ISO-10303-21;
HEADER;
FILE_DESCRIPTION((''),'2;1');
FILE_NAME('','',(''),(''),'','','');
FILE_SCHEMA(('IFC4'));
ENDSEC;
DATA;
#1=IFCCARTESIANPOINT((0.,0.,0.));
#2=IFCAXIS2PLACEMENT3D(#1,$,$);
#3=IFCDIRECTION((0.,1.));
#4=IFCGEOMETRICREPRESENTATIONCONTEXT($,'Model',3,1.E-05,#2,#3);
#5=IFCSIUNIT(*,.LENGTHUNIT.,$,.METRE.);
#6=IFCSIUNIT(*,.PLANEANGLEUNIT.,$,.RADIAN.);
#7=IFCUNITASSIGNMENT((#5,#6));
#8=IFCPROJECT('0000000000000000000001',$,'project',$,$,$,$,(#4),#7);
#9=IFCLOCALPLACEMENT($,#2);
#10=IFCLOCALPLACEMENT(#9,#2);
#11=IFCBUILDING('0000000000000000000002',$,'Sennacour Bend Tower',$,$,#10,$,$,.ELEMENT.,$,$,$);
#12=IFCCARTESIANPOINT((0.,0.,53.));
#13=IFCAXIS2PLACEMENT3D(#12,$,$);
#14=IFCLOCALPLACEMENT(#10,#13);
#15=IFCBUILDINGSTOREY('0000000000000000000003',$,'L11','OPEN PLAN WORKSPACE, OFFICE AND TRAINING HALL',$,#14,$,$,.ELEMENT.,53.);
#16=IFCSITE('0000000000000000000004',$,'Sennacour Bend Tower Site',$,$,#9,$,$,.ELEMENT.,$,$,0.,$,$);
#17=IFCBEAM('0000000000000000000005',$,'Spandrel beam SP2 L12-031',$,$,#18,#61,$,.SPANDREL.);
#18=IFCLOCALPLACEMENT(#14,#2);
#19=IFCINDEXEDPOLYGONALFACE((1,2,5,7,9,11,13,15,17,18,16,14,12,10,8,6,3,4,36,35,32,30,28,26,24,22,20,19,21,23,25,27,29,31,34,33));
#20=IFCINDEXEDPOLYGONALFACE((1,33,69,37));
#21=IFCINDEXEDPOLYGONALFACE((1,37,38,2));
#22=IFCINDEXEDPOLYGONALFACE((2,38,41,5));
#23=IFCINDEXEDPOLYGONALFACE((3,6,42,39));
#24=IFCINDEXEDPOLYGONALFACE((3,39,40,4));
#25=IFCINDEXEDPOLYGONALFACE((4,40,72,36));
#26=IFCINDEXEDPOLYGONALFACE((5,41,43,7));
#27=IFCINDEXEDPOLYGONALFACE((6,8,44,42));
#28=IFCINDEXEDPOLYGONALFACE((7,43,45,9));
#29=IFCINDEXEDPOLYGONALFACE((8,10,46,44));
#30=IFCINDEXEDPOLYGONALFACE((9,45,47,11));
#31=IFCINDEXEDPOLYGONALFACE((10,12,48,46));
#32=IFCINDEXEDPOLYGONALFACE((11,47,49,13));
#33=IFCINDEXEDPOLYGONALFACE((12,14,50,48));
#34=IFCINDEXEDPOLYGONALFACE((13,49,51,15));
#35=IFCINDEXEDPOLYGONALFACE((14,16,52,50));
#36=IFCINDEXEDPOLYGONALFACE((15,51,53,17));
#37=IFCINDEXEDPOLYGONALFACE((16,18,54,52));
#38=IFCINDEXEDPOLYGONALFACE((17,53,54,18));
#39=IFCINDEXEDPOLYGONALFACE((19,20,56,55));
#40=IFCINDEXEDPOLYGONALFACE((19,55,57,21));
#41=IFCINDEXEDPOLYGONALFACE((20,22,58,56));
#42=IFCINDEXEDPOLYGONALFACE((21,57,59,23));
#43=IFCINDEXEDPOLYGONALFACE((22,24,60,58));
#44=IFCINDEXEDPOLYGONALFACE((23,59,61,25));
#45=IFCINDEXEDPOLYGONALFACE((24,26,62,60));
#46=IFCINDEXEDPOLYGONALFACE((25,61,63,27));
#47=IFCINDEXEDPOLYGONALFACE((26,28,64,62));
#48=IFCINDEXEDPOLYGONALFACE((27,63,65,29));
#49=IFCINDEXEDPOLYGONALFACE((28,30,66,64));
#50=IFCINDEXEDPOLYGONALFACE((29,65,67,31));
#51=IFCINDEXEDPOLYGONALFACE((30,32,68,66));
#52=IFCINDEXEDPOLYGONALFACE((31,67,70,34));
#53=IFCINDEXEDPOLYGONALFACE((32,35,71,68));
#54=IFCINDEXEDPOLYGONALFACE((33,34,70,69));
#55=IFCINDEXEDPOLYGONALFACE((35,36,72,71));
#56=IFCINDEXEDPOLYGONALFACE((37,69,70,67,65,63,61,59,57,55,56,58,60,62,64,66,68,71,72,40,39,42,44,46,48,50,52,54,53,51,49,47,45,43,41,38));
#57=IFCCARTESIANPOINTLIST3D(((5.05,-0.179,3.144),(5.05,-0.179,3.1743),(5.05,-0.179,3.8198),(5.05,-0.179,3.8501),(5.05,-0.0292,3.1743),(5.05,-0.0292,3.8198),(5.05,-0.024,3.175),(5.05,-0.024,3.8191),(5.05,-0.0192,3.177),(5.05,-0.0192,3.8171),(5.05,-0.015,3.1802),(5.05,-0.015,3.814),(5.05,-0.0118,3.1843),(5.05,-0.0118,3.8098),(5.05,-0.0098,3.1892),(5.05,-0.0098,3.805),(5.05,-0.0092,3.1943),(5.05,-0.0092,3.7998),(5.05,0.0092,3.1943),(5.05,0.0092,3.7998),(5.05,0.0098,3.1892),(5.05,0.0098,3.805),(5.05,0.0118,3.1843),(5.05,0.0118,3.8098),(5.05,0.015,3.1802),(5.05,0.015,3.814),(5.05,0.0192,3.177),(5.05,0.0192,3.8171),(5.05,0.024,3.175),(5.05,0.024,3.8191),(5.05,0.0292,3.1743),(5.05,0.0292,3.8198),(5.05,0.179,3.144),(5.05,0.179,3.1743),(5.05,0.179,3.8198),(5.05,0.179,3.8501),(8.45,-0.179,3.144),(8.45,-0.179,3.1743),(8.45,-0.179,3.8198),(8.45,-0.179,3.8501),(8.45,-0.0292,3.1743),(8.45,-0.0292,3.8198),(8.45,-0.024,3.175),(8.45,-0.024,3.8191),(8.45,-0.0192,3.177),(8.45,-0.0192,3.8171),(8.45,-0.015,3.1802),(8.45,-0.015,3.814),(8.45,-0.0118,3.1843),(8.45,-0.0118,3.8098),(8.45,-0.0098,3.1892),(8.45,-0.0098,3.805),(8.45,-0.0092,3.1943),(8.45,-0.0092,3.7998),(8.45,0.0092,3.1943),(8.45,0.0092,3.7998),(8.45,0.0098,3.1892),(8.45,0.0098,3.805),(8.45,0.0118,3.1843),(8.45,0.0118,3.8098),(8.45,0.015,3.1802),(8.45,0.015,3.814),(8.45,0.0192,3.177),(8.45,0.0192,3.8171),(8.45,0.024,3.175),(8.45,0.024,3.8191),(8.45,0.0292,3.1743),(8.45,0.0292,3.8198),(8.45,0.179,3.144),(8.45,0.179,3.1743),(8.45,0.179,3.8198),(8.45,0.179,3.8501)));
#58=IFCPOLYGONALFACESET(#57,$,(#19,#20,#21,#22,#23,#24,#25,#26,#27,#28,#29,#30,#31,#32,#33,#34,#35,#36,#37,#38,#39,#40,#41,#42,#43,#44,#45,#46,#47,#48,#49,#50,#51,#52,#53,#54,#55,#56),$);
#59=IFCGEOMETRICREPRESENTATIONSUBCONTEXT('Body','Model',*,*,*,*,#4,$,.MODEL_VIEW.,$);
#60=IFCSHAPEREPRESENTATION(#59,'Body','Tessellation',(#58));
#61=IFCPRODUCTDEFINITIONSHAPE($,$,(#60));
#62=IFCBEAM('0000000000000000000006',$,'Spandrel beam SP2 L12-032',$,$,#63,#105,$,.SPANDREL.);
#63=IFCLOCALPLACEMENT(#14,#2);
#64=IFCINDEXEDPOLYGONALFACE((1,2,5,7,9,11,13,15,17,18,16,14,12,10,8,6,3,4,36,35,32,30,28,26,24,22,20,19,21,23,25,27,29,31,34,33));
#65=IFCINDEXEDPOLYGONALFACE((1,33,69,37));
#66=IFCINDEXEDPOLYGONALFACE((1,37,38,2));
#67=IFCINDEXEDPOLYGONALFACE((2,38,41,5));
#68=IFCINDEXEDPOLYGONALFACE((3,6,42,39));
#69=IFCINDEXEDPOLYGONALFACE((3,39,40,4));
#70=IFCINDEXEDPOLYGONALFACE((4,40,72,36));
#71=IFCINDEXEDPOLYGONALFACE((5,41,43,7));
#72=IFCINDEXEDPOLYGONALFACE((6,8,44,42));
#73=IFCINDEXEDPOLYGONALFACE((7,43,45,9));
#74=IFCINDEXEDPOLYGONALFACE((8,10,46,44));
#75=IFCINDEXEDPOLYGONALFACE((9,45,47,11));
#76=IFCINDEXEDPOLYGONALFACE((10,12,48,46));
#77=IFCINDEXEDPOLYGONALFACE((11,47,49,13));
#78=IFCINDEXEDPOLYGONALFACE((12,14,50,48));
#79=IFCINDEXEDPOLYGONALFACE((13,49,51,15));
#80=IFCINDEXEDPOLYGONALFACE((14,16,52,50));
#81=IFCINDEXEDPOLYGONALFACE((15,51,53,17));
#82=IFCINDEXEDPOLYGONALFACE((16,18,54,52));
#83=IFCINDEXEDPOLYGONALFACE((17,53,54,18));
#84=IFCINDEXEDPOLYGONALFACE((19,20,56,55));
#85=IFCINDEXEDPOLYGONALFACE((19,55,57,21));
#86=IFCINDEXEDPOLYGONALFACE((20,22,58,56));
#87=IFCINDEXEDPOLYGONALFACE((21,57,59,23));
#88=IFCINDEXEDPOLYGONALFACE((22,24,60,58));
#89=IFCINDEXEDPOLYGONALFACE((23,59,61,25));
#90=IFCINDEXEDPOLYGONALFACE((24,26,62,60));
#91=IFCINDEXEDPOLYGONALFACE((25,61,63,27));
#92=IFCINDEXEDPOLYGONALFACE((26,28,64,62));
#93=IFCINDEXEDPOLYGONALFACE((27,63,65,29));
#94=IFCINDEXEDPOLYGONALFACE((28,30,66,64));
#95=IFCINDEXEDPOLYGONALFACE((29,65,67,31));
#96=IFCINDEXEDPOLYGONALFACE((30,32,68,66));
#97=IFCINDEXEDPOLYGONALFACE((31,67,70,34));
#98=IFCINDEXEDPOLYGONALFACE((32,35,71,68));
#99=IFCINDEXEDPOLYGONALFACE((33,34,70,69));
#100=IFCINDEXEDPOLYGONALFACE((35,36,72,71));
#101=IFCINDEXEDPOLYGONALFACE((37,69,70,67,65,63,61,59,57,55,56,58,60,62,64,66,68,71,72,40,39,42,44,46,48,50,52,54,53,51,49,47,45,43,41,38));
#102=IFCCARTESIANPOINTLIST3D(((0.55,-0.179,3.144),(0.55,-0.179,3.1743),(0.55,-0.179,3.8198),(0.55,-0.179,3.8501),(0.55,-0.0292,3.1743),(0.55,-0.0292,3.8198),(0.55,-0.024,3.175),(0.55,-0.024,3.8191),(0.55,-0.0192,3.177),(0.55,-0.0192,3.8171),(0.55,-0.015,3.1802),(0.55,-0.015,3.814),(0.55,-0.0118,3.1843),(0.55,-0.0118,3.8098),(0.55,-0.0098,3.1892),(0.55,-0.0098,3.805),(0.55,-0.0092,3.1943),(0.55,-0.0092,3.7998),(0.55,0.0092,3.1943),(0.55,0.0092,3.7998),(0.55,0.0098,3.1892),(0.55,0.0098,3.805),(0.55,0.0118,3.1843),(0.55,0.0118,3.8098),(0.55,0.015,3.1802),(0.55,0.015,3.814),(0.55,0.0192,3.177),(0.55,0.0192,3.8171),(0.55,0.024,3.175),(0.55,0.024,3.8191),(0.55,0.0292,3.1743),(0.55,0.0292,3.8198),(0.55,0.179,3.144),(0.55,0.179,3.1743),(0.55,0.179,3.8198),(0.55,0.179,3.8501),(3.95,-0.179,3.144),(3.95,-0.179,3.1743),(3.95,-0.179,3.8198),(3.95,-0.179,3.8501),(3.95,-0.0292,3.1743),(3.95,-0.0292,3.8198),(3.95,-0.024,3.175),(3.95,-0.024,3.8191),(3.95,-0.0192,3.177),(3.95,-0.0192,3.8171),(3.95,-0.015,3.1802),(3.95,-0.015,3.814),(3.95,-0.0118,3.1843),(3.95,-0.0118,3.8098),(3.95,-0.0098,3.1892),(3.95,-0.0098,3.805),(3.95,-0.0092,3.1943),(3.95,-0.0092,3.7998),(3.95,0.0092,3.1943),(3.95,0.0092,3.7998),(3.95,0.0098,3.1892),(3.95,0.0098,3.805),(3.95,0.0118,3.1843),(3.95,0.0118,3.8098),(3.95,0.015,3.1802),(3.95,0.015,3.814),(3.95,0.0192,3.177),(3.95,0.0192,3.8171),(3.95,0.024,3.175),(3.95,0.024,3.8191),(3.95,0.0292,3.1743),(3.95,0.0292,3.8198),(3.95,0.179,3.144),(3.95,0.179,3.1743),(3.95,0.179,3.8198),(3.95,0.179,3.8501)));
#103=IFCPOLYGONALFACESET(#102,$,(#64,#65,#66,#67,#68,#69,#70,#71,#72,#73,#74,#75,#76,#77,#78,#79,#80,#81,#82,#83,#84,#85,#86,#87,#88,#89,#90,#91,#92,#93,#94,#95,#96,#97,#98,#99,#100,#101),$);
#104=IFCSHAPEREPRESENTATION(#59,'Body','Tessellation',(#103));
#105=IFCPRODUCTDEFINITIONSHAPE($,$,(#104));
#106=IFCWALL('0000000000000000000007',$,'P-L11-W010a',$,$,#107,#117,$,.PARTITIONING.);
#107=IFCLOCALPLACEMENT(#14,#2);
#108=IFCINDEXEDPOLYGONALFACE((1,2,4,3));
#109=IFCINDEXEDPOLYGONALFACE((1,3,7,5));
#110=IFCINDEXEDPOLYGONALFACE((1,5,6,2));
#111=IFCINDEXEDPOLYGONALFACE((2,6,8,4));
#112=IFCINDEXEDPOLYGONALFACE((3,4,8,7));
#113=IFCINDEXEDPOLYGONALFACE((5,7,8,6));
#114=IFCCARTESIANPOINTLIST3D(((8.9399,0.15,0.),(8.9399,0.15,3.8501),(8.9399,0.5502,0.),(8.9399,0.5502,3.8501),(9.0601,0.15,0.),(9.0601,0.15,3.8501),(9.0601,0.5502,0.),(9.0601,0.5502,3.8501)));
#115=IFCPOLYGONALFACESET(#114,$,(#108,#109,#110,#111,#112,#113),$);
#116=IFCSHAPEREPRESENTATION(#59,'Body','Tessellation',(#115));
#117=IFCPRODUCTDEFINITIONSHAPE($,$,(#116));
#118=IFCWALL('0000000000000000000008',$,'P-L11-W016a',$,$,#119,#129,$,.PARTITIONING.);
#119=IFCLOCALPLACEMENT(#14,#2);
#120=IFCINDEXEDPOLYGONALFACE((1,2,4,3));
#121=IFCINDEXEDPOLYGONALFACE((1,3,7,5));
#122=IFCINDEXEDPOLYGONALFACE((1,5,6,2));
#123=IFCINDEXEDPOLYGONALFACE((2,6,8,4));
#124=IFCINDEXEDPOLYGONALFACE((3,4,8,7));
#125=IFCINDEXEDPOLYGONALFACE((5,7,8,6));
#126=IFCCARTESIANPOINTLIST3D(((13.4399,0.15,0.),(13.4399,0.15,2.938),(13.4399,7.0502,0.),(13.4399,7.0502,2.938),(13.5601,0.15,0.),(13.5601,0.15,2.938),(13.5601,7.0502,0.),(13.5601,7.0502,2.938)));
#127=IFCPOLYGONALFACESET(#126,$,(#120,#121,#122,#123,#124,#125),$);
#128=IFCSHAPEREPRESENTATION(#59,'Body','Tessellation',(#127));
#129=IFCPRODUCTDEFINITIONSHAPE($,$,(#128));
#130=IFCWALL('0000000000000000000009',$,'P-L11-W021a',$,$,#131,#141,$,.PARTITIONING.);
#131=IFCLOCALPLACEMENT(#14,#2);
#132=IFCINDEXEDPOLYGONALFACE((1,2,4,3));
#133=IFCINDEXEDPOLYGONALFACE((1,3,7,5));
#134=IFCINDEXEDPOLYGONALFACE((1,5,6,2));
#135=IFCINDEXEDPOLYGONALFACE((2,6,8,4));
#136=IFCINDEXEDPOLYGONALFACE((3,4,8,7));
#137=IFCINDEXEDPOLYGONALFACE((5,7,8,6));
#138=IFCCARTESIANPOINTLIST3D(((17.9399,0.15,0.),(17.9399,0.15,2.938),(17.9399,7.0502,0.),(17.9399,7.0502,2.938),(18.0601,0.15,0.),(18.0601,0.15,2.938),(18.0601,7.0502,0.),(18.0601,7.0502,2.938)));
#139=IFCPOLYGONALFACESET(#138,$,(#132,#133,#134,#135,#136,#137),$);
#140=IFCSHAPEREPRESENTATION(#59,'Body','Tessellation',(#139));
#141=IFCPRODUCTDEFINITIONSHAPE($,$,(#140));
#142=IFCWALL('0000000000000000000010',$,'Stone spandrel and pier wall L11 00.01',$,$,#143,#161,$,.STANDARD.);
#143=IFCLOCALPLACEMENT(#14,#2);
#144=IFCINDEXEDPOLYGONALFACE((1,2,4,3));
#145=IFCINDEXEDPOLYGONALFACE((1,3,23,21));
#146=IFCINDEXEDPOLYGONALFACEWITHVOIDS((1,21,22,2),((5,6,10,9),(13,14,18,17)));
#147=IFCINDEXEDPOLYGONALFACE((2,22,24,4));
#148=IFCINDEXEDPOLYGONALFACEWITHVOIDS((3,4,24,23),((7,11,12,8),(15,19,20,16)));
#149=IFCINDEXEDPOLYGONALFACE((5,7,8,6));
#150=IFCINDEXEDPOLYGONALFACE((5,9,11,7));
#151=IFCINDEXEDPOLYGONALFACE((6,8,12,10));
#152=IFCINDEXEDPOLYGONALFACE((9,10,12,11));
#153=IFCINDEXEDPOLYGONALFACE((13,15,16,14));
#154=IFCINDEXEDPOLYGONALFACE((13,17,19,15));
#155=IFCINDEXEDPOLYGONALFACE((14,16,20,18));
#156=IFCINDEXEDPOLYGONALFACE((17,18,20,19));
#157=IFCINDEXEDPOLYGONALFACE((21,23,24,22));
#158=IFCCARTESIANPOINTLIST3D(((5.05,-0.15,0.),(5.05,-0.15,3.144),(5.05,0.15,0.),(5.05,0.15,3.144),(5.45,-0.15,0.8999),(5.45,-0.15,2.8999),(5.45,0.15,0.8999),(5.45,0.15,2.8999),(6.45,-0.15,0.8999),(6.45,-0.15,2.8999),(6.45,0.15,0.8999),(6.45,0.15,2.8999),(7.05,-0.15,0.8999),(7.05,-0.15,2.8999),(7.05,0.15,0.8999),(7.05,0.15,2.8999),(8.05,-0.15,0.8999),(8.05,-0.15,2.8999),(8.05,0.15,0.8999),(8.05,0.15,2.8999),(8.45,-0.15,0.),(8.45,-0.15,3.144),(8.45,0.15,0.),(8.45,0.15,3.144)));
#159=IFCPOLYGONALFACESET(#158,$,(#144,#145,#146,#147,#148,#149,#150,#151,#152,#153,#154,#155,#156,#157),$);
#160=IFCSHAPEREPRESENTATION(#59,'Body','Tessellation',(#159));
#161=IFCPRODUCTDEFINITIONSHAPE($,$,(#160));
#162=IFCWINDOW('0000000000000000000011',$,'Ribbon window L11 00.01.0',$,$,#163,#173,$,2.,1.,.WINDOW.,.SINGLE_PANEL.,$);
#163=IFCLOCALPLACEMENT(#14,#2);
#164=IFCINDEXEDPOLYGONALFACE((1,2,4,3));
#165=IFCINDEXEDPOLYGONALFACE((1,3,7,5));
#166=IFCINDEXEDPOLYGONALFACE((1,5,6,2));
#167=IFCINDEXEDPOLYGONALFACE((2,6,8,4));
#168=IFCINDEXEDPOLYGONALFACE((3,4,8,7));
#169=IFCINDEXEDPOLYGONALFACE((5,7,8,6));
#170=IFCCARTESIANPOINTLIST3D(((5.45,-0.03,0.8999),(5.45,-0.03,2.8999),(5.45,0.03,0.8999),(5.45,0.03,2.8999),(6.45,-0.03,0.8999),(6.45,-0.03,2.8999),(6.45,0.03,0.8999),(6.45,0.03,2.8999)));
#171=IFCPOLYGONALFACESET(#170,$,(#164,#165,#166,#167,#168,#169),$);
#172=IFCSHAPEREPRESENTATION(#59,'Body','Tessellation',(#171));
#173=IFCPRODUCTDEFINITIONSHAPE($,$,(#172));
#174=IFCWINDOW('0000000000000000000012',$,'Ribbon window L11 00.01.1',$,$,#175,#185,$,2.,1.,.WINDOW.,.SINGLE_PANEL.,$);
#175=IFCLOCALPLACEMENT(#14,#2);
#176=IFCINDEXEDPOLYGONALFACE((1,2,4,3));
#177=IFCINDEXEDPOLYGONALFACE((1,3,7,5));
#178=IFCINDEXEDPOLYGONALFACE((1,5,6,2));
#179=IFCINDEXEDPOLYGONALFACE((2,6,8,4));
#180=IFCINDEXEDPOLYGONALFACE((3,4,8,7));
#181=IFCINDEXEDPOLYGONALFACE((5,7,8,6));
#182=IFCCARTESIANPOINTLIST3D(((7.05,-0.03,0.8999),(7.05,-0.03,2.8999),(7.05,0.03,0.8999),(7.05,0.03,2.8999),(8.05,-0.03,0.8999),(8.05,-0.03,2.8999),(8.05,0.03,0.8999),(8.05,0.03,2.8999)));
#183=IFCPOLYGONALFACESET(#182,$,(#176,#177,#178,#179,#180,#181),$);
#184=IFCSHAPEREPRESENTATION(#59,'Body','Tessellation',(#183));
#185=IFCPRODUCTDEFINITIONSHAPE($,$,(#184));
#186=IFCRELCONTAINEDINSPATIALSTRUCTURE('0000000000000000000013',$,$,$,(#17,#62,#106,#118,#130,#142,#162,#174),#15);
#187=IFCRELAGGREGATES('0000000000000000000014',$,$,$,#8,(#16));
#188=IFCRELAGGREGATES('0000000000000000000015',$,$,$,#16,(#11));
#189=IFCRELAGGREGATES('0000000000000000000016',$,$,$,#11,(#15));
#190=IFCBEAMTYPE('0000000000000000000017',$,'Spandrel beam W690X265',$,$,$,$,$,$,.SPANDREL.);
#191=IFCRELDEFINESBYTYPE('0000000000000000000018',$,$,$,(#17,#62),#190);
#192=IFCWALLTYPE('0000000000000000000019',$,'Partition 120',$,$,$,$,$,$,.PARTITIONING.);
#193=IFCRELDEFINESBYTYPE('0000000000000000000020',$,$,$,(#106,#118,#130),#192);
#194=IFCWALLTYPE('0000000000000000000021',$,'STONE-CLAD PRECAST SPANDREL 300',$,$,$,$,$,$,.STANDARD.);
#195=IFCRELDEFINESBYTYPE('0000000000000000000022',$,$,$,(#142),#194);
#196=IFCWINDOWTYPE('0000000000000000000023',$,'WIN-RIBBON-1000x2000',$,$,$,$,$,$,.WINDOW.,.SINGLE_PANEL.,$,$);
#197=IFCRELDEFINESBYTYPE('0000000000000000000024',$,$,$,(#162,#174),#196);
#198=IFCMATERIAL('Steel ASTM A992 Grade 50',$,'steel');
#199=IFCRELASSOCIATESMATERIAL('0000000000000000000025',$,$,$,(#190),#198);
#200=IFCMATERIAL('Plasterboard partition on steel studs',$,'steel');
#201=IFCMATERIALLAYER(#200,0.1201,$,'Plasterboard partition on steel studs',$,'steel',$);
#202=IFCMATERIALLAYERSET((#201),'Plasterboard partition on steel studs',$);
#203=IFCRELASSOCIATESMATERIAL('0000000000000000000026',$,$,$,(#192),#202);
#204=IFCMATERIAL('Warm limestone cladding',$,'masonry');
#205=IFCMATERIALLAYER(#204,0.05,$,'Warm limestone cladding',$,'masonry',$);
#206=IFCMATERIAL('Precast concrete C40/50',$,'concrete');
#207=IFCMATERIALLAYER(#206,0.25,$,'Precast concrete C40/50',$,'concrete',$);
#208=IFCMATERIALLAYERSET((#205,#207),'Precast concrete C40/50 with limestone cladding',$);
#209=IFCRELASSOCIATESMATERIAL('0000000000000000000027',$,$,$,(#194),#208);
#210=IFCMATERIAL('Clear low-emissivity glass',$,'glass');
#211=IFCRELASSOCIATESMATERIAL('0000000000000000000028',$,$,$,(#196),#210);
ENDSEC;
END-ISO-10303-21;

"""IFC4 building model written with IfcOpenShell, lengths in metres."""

from ifc_helpers import new_model, si_unit, direction, frame, frame_2d, origin, origin_2d, place, context, subcontext, project, spatial, rectangle, i_section, extrude, material, layer, layer_set, material_profile, profile_set, type_object, element, fill, save


model = new_model("IFC4")

# Units and contexts
model_context = context("Model", 3, precision=1e-05, world=origin(), true_north=direction((0.0, 1.0)))
body_context = subcontext(model_context, "Body", "Model", "MODEL_VIEW")
ifc_project = project(units=[si_unit("LENGTHUNIT", "METRE"), si_unit("PLANEANGLEUNIT", "RADIAN")], contexts=[model_context])

# Site, building, storey
site_placement = place(None, origin())
site = spatial("IfcSite", under=ifc_project, at=site_placement, Name="Sennacour Bend Tower Site", CompositionType="ELEMENT", RefElevation=0.0)
building_placement = place(site_placement, origin())
building = spatial("IfcBuilding", under=site, at=building_placement, Name="Sennacour Bend Tower", CompositionType="ELEMENT")
storey_placement = place(building_placement, frame((0.0, 0.0, 53.0)))
storey = spatial("IfcBuildingStorey", under=building, at=storey_placement, Name="L11", Description="OPEN PLAN WORKSPACE, OFFICE AND TRAINING HALL", CompositionType="ELEMENT", Elevation=53.0)

# Beams
ifc_material_1 = material(Name="Steel ASTM A992 Grade 50", Category="steel")
ifc_material_profile_1 = material_profile(ifc_material_1, i_section(OverallWidth=0.3579, OverallDepth=0.7061, WebThickness=0.0183, FlangeThickness=0.0303, FilletRadius=0.02, at=origin_2d()), Name="Steel ASTM A992 Grade 50", Category="steel")
ifc_profile_set_1 = profile_set([ifc_material_profile_1], Name="Steel ASTM A992 Grade 50")
beam_type_1 = type_object("IfcBeamType", Name="Spandrel beam W690X265", PredefinedType="SPANDREL", material=ifc_profile_set_1)
for number, where, z_axis, x_axis, name in (
    (1, (8.45, 0.0, 3.4971), (-1.0, 0.0, 0.0), (0.0, -1.0, 0.0), "Spandrel beam SP2 L12-031"),
    (2, (3.95, 0.0, 3.4971), (-1.0, 0.0, 0.0), (0.0, -1.0, 0.0), "Spandrel beam SP2 L12-032"),
):
    element("IfcBeam", number, at=place(storey_placement, frame(where, z_axis=z_axis, x_axis=x_axis)), inside=storey, type_object=beam_type_1, Name=name, PredefinedType="SPANDREL", context=body_context, shape_type="SweptSolid", body=[
        extrude(i_section(OverallWidth=0.3579, OverallDepth=0.7061, WebThickness=0.0183, FlangeThickness=0.0303, FilletRadius=0.02, at=origin_2d()), origin(), (0.0, 0.0, 1.0), 3.3999),
    ])

# Walls
ifc_material_2 = material(Name="Plasterboard partition on steel studs", Category="steel")
ifc_layer_1 = layer(ifc_material_2, 0.1201, Name="Plasterboard partition on steel studs", Category="steel")
ifc_layer_set_1 = layer_set([ifc_layer_1], Name="Plasterboard partition on steel studs")
wall_type_1 = type_object("IfcWallType", Name="Partition 120", PredefinedType="PARTITIONING", material=ifc_layer_set_1)
wall_1_placement = place(storey_placement, frame((9.0, 0.1499, 0.0), z_axis=(0.0, 0.0, 1.0), x_axis=(0.0, 1.0, 0.0)))
element("IfcWall", 3, at=wall_1_placement, inside=storey, type_object=wall_type_1, Name="P-L11-W010a", PredefinedType="PARTITIONING", context=body_context, shape_type="SweptSolid", body=[
    extrude(rectangle(XDim=0.4001, YDim=0.1201, at=frame_2d((0.2002, 0.0))), origin(), (0.0, 0.0, 1.0), 3.8501),
])
for number, where, z_axis, x_axis, name in (
    (4, (13.5, 0.1499, 0.0), (0.0, 0.0, 1.0), (0.0, 1.0, 0.0), "P-L11-W016a"),
    (5, (18.0, 0.1499, 0.0), (0.0, 0.0, 1.0), (0.0, 1.0, 0.0), "P-L11-W021a"),
):
    element("IfcWall", number, at=place(storey_placement, frame(where, z_axis=z_axis, x_axis=x_axis)), inside=storey, type_object=wall_type_1, Name=name, PredefinedType="PARTITIONING", context=body_context, shape_type="SweptSolid", body=[
        extrude(rectangle(XDim=6.9001, YDim=0.1201, at=frame_2d((3.4502, 0.0))), origin(), (0.0, 0.0, 1.0), 2.938),
    ])

# Wall, openings, windows
ifc_material_3 = material(Name="Warm limestone cladding", Category="masonry")
ifc_layer_2 = layer(ifc_material_3, 0.05, Name="Warm limestone cladding", Category="masonry")
ifc_material_4 = material(Name="Precast concrete C40/50", Category="concrete")
ifc_layer_3 = layer(ifc_material_4, 0.25, Name="Precast concrete C40/50", Category="concrete")
ifc_layer_set_2 = layer_set([ifc_layer_2, ifc_layer_3], Name="Precast concrete C40/50 with limestone cladding")
wall_type_2 = type_object("IfcWallType", Name="STONE-CLAD PRECAST SPANDREL 300", PredefinedType="STANDARD", material=ifc_layer_set_2)
wall_2_placement = place(storey_placement, frame((5.05, 0.0, 0.0), z_axis=(0.0, 0.0, 1.0), x_axis=(1.0, 0.0, 0.0)))
wall_2 = element("IfcWall", 6, at=wall_2_placement, inside=storey, type_object=wall_type_2, Name="Stone spandrel and pier wall L11 00.01", PredefinedType="STANDARD", context=body_context, shape_type="SweptSolid", body=[
    extrude(rectangle(XDim=3.3999, YDim=0.3, at=frame_2d((1.7, 0.0))), origin(), (0.0, 0.0, 1.0), 3.144),
])
opening_1_placement = place(wall_2_placement, frame((0.3999, 0.0, 0.8999)))
opening_1 = element("IfcOpeningElement", 7, at=opening_1_placement, cuts=wall_2, PredefinedType="OPENING", context=body_context, shape_type="SweptSolid", body=[
    extrude(rectangle(XDim=1.0, YDim=2.0, at=frame_2d((0.5, 1.0))), frame((0.0, 0.1602, 0.0), z_axis=(0.0, -1.0, 0.0), x_axis=(1.0, 0.0, 0.0)), (0.0, 0.0, 1.0), 0.3201),
])
opening_2_placement = place(wall_2_placement, frame((2.0, 0.0, 0.8999)))
opening_2 = element("IfcOpeningElement", 8, at=opening_2_placement, cuts=wall_2, PredefinedType="OPENING", context=body_context, shape_type="SweptSolid", body=[
    extrude(rectangle(XDim=1.0, YDim=2.0, at=frame_2d((0.5, 1.0))), frame((0.0, 0.1602, 0.0), z_axis=(0.0, -1.0, 0.0), x_axis=(1.0, 0.0, 0.0)), (0.0, 0.0, 1.0), 0.3201),
])
ifc_material_5 = material(Name="Clear low-emissivity glass", Category="glass")
window_type = type_object("IfcWindowType", Name="WIN-RIBBON-1000x2000", PartitioningType="SINGLE_PANEL", PredefinedType="WINDOW", material=ifc_material_5)
window_1_placement = place(opening_1_placement, origin())
window_1 = element("IfcWindow", 9, at=window_1_placement, inside=storey, type_object=window_type, Name="Ribbon window L11 00.01.0", OverallHeight=2.0, OverallWidth=1.0, PartitioningType="SINGLE_PANEL", PredefinedType="WINDOW", context=body_context, shape_type="SweptSolid", body=[
    extrude(rectangle(XDim=1.0, YDim=2.0, at=frame_2d((0.5, 1.0))), frame((0.0, 0.03, 0.0), z_axis=(0.0, -1.0, 0.0), x_axis=(1.0, 0.0, 0.0)), (0.0, 0.0, 1.0), 0.0601),
])
fill(opening_1, window_1)
window_2_placement = place(opening_2_placement, origin())
window_2 = element("IfcWindow", 10, at=window_2_placement, inside=storey, type_object=window_type, Name="Ribbon window L11 00.01.1", OverallHeight=2.0, OverallWidth=1.0, PartitioningType="SINGLE_PANEL", PredefinedType="WINDOW", context=body_context, shape_type="SweptSolid", body=[
    extrude(rectangle(XDim=1.0, YDim=2.0, at=frame_2d((0.5, 1.0))), frame((0.0, 0.03, 0.0), z_axis=(0.0, -1.0, 0.0), x_axis=(1.0, 0.0, 0.0)), (0.0, 0.0, 1.0), 0.0601),
])
fill(opening_2, window_2)

save(model, "model.ifc")
